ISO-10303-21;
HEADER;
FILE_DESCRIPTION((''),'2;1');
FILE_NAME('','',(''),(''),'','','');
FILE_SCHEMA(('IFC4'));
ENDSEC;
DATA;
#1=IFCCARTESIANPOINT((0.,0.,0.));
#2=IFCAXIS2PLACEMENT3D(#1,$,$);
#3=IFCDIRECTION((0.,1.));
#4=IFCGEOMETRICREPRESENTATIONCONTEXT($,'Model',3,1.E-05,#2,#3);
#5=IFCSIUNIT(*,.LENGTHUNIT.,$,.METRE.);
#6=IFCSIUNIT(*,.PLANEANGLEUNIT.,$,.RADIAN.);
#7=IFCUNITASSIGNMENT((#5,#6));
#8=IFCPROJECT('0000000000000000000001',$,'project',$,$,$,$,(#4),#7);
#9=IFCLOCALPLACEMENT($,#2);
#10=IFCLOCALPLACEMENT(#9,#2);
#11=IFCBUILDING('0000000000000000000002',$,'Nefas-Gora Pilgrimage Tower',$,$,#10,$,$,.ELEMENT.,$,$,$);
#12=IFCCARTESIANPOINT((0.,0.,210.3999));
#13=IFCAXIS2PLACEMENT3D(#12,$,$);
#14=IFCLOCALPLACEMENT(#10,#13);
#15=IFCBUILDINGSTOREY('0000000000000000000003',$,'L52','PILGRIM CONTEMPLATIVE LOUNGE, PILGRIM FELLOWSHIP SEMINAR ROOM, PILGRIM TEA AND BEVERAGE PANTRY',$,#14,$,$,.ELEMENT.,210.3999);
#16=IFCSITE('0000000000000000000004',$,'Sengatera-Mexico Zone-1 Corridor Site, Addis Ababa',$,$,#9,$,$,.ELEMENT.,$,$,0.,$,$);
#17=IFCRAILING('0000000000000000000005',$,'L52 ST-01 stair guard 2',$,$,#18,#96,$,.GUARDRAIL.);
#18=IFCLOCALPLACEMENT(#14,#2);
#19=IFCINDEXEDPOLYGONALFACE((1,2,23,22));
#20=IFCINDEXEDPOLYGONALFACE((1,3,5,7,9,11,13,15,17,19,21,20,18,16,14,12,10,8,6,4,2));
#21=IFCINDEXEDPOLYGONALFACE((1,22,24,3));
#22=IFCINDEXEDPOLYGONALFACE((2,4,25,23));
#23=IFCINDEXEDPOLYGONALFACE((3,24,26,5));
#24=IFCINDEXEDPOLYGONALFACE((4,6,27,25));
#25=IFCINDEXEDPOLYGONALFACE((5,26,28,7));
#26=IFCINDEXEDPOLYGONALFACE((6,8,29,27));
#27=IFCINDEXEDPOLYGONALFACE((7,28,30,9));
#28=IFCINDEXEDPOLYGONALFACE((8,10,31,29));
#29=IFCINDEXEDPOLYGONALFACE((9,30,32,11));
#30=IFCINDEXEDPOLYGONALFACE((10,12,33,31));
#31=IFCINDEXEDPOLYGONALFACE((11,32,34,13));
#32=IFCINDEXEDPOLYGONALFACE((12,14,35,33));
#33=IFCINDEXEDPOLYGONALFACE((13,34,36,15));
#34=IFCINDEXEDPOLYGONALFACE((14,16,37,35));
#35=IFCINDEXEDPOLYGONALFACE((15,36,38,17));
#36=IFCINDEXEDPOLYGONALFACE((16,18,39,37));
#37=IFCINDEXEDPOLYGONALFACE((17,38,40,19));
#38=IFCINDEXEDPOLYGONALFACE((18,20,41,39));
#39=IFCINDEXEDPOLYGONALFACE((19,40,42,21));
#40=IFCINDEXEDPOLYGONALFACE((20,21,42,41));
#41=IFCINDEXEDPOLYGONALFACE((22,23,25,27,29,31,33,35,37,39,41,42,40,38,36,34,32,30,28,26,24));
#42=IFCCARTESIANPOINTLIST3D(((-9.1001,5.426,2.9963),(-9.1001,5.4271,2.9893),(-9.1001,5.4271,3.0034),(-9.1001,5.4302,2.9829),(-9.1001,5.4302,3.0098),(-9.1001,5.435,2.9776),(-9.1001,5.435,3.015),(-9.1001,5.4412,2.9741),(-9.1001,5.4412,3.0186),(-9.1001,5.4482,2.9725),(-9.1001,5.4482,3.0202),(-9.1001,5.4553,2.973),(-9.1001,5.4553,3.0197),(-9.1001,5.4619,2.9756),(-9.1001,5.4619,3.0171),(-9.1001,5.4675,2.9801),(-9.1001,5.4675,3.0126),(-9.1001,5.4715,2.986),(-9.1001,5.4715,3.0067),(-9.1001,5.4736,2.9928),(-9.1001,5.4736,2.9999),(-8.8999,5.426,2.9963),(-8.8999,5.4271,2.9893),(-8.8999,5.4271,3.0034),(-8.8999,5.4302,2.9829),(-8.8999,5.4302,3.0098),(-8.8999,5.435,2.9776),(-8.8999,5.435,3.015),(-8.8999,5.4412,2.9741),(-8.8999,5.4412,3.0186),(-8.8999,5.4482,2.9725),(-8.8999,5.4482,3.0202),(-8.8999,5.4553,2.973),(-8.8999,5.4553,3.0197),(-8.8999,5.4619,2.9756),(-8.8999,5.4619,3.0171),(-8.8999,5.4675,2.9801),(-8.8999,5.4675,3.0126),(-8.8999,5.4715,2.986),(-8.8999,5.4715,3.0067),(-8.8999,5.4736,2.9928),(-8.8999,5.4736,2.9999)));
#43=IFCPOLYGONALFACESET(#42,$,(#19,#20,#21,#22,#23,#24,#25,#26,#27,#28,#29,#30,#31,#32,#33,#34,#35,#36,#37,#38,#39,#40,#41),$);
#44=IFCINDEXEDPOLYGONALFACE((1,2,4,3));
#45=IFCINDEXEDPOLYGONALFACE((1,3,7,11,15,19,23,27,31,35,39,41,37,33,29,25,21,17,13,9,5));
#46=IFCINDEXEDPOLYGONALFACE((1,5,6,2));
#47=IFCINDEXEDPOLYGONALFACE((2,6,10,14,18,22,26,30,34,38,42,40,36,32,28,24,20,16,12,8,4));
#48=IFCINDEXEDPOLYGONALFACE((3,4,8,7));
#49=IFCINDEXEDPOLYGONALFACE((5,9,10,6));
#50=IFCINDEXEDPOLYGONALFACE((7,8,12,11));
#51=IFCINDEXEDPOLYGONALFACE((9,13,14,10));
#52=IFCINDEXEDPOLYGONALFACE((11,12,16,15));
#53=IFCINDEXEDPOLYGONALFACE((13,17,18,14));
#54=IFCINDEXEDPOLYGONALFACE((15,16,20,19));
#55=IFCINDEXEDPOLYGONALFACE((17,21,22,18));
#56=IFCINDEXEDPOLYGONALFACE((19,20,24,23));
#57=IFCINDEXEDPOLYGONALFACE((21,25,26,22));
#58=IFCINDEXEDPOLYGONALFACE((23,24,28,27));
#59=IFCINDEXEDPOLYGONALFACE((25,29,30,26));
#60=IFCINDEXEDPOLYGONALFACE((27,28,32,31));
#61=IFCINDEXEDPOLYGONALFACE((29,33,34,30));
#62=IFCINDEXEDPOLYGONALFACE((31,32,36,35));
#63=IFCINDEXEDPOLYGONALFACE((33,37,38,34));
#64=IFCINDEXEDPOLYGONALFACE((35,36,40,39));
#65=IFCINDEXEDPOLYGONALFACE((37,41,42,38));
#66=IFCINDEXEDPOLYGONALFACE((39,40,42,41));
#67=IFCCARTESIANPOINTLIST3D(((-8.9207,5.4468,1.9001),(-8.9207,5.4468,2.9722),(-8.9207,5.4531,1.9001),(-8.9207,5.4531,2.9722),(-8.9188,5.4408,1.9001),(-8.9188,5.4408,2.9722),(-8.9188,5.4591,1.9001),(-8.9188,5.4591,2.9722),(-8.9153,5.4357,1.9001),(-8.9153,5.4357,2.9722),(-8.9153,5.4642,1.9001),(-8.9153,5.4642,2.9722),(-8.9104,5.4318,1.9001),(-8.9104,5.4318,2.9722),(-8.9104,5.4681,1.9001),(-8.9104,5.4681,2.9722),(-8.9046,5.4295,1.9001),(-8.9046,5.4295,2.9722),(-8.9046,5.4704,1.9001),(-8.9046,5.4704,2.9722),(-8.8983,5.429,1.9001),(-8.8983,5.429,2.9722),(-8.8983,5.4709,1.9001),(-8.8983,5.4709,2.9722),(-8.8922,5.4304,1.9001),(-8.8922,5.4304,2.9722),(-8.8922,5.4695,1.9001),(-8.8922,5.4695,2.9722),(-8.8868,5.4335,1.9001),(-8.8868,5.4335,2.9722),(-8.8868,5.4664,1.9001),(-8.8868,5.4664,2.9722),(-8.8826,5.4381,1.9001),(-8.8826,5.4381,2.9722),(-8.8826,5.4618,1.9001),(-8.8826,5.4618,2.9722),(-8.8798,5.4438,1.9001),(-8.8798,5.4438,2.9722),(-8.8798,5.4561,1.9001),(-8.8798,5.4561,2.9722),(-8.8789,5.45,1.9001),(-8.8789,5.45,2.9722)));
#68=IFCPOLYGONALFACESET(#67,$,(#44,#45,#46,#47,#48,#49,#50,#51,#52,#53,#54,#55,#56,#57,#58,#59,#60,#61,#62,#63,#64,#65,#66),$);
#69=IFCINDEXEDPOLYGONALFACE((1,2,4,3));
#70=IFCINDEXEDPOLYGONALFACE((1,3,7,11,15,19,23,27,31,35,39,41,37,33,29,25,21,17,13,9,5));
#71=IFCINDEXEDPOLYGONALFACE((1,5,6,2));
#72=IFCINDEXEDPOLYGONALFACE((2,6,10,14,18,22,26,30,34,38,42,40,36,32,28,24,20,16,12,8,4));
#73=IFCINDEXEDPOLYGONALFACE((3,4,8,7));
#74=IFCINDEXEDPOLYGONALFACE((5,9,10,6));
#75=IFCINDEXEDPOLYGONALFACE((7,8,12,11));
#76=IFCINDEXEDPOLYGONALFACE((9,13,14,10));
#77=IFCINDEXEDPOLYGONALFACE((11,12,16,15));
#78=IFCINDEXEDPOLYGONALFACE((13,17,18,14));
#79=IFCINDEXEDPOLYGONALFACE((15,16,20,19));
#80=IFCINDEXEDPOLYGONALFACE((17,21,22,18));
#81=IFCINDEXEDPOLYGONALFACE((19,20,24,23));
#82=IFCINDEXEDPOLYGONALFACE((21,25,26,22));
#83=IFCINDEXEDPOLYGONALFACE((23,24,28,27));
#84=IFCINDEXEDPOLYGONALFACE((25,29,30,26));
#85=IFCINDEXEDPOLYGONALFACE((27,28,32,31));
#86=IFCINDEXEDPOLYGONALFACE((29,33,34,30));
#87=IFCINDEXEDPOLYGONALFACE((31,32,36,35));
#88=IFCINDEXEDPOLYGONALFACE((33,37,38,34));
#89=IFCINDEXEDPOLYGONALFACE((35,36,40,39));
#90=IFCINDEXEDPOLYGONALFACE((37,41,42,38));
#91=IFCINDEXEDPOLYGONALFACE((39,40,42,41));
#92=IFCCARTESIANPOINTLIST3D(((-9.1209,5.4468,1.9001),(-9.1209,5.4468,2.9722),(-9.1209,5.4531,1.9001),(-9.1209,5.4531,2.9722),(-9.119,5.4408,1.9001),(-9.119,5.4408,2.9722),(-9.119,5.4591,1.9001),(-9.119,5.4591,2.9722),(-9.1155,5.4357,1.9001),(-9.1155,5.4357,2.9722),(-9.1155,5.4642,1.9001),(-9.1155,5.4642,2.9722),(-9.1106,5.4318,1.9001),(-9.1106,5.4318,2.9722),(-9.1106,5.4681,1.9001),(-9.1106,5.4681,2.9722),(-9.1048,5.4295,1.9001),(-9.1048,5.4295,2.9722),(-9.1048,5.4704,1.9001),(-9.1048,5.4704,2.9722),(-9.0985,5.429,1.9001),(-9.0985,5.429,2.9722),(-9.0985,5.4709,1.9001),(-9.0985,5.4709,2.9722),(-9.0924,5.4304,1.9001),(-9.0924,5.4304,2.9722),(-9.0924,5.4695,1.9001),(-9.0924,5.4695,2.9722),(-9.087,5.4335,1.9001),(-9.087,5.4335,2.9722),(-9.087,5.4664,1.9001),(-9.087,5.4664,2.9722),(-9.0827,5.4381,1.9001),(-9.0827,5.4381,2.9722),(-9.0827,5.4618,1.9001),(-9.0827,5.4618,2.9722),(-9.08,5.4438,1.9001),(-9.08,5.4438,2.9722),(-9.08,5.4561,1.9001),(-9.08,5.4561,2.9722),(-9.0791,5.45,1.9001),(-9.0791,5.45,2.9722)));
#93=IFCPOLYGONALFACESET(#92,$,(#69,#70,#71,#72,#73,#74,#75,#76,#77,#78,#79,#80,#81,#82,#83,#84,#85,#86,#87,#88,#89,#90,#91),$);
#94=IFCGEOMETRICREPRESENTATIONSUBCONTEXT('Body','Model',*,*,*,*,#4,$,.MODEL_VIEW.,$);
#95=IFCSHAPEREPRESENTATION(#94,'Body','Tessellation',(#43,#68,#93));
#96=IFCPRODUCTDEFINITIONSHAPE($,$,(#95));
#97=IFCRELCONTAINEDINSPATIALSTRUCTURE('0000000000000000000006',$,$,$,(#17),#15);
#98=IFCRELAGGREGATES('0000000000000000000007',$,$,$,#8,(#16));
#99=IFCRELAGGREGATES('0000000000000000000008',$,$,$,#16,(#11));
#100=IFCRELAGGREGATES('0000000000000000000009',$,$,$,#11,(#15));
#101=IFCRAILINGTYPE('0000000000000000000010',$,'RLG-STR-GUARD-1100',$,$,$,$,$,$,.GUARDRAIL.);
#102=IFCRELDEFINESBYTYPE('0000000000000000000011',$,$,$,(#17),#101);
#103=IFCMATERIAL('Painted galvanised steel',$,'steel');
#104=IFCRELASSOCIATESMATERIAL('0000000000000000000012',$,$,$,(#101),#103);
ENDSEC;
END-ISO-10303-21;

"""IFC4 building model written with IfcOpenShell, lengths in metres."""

from ifc_helpers import new_model, si_unit, direction, frame, origin, origin_2d, place, context, subcontext, project, spatial, circle, extrude, material, type_object, element, save


model = new_model("IFC4")

# Units and contexts
model_context = context("Model", 3, precision=1e-05, world=origin(), true_north=direction((0.0, 1.0)))
body_context = subcontext(model_context, "Body", "Model", "MODEL_VIEW")
ifc_project = project(units=[si_unit("LENGTHUNIT", "METRE"), si_unit("PLANEANGLEUNIT", "RADIAN")], contexts=[model_context])

# Site, building, storey
site_placement = place(None, origin())
site = spatial("IfcSite", under=ifc_project, at=site_placement, Name="Sengatera-Mexico Zone-1 Corridor Site, Addis Ababa", CompositionType="ELEMENT", RefElevation=0.0)
building_placement = place(site_placement, origin())
building = spatial("IfcBuilding", under=site, at=building_placement, Name="Nefas-Gora Pilgrimage Tower", CompositionType="ELEMENT")
storey_placement = place(building_placement, frame((0.0, 0.0, 210.3999)))
storey = spatial("IfcBuildingStorey", under=building, at=storey_placement, Name="L52", Description="PILGRIM CONTEMPLATIVE LOUNGE, PILGRIM FELLOWSHIP SEMINAR ROOM, PILGRIM TEA AND BEVERAGE PANTRY", CompositionType="ELEMENT", Elevation=210.3999)

# Railing
ifc_material_1 = material(Name="Painted galvanised steel", Category="steel")
railing_type_1 = type_object("IfcRailingType", Name="RLG-STR-GUARD-1100", PredefinedType="GUARDRAIL", material=ifc_material_1)
railing_1_placement = place(storey_placement, frame((-8.8999, 5.45, 1.9001)))
element("IfcRailing", 1, at=railing_1_placement, inside=storey, type_object=railing_type_1, Name="L52 ST-01 stair guard 2", PredefinedType="GUARDRAIL", context=body_context, shape_type="SweptSolid", body=[
    extrude(circle(Radius=0.0239, at=origin_2d()), frame((0.0, 0.0, 1.0962), z_axis=(-1.0, 0.0, 0.0), x_axis=(0.0, -1.0, 0.0)), (0.0, 0.0, 1.0), 0.2002),
    extrude(circle(Radius=0.021, at=origin_2d()), origin(), (0.0, 0.0, 1.0), 1.072),
    extrude(circle(Radius=0.021, at=origin_2d()), frame((-0.2002, 0.0, 0.0)), (0.0, 0.0, 1.0), 1.072),
])

save(model, "model.ifc")
